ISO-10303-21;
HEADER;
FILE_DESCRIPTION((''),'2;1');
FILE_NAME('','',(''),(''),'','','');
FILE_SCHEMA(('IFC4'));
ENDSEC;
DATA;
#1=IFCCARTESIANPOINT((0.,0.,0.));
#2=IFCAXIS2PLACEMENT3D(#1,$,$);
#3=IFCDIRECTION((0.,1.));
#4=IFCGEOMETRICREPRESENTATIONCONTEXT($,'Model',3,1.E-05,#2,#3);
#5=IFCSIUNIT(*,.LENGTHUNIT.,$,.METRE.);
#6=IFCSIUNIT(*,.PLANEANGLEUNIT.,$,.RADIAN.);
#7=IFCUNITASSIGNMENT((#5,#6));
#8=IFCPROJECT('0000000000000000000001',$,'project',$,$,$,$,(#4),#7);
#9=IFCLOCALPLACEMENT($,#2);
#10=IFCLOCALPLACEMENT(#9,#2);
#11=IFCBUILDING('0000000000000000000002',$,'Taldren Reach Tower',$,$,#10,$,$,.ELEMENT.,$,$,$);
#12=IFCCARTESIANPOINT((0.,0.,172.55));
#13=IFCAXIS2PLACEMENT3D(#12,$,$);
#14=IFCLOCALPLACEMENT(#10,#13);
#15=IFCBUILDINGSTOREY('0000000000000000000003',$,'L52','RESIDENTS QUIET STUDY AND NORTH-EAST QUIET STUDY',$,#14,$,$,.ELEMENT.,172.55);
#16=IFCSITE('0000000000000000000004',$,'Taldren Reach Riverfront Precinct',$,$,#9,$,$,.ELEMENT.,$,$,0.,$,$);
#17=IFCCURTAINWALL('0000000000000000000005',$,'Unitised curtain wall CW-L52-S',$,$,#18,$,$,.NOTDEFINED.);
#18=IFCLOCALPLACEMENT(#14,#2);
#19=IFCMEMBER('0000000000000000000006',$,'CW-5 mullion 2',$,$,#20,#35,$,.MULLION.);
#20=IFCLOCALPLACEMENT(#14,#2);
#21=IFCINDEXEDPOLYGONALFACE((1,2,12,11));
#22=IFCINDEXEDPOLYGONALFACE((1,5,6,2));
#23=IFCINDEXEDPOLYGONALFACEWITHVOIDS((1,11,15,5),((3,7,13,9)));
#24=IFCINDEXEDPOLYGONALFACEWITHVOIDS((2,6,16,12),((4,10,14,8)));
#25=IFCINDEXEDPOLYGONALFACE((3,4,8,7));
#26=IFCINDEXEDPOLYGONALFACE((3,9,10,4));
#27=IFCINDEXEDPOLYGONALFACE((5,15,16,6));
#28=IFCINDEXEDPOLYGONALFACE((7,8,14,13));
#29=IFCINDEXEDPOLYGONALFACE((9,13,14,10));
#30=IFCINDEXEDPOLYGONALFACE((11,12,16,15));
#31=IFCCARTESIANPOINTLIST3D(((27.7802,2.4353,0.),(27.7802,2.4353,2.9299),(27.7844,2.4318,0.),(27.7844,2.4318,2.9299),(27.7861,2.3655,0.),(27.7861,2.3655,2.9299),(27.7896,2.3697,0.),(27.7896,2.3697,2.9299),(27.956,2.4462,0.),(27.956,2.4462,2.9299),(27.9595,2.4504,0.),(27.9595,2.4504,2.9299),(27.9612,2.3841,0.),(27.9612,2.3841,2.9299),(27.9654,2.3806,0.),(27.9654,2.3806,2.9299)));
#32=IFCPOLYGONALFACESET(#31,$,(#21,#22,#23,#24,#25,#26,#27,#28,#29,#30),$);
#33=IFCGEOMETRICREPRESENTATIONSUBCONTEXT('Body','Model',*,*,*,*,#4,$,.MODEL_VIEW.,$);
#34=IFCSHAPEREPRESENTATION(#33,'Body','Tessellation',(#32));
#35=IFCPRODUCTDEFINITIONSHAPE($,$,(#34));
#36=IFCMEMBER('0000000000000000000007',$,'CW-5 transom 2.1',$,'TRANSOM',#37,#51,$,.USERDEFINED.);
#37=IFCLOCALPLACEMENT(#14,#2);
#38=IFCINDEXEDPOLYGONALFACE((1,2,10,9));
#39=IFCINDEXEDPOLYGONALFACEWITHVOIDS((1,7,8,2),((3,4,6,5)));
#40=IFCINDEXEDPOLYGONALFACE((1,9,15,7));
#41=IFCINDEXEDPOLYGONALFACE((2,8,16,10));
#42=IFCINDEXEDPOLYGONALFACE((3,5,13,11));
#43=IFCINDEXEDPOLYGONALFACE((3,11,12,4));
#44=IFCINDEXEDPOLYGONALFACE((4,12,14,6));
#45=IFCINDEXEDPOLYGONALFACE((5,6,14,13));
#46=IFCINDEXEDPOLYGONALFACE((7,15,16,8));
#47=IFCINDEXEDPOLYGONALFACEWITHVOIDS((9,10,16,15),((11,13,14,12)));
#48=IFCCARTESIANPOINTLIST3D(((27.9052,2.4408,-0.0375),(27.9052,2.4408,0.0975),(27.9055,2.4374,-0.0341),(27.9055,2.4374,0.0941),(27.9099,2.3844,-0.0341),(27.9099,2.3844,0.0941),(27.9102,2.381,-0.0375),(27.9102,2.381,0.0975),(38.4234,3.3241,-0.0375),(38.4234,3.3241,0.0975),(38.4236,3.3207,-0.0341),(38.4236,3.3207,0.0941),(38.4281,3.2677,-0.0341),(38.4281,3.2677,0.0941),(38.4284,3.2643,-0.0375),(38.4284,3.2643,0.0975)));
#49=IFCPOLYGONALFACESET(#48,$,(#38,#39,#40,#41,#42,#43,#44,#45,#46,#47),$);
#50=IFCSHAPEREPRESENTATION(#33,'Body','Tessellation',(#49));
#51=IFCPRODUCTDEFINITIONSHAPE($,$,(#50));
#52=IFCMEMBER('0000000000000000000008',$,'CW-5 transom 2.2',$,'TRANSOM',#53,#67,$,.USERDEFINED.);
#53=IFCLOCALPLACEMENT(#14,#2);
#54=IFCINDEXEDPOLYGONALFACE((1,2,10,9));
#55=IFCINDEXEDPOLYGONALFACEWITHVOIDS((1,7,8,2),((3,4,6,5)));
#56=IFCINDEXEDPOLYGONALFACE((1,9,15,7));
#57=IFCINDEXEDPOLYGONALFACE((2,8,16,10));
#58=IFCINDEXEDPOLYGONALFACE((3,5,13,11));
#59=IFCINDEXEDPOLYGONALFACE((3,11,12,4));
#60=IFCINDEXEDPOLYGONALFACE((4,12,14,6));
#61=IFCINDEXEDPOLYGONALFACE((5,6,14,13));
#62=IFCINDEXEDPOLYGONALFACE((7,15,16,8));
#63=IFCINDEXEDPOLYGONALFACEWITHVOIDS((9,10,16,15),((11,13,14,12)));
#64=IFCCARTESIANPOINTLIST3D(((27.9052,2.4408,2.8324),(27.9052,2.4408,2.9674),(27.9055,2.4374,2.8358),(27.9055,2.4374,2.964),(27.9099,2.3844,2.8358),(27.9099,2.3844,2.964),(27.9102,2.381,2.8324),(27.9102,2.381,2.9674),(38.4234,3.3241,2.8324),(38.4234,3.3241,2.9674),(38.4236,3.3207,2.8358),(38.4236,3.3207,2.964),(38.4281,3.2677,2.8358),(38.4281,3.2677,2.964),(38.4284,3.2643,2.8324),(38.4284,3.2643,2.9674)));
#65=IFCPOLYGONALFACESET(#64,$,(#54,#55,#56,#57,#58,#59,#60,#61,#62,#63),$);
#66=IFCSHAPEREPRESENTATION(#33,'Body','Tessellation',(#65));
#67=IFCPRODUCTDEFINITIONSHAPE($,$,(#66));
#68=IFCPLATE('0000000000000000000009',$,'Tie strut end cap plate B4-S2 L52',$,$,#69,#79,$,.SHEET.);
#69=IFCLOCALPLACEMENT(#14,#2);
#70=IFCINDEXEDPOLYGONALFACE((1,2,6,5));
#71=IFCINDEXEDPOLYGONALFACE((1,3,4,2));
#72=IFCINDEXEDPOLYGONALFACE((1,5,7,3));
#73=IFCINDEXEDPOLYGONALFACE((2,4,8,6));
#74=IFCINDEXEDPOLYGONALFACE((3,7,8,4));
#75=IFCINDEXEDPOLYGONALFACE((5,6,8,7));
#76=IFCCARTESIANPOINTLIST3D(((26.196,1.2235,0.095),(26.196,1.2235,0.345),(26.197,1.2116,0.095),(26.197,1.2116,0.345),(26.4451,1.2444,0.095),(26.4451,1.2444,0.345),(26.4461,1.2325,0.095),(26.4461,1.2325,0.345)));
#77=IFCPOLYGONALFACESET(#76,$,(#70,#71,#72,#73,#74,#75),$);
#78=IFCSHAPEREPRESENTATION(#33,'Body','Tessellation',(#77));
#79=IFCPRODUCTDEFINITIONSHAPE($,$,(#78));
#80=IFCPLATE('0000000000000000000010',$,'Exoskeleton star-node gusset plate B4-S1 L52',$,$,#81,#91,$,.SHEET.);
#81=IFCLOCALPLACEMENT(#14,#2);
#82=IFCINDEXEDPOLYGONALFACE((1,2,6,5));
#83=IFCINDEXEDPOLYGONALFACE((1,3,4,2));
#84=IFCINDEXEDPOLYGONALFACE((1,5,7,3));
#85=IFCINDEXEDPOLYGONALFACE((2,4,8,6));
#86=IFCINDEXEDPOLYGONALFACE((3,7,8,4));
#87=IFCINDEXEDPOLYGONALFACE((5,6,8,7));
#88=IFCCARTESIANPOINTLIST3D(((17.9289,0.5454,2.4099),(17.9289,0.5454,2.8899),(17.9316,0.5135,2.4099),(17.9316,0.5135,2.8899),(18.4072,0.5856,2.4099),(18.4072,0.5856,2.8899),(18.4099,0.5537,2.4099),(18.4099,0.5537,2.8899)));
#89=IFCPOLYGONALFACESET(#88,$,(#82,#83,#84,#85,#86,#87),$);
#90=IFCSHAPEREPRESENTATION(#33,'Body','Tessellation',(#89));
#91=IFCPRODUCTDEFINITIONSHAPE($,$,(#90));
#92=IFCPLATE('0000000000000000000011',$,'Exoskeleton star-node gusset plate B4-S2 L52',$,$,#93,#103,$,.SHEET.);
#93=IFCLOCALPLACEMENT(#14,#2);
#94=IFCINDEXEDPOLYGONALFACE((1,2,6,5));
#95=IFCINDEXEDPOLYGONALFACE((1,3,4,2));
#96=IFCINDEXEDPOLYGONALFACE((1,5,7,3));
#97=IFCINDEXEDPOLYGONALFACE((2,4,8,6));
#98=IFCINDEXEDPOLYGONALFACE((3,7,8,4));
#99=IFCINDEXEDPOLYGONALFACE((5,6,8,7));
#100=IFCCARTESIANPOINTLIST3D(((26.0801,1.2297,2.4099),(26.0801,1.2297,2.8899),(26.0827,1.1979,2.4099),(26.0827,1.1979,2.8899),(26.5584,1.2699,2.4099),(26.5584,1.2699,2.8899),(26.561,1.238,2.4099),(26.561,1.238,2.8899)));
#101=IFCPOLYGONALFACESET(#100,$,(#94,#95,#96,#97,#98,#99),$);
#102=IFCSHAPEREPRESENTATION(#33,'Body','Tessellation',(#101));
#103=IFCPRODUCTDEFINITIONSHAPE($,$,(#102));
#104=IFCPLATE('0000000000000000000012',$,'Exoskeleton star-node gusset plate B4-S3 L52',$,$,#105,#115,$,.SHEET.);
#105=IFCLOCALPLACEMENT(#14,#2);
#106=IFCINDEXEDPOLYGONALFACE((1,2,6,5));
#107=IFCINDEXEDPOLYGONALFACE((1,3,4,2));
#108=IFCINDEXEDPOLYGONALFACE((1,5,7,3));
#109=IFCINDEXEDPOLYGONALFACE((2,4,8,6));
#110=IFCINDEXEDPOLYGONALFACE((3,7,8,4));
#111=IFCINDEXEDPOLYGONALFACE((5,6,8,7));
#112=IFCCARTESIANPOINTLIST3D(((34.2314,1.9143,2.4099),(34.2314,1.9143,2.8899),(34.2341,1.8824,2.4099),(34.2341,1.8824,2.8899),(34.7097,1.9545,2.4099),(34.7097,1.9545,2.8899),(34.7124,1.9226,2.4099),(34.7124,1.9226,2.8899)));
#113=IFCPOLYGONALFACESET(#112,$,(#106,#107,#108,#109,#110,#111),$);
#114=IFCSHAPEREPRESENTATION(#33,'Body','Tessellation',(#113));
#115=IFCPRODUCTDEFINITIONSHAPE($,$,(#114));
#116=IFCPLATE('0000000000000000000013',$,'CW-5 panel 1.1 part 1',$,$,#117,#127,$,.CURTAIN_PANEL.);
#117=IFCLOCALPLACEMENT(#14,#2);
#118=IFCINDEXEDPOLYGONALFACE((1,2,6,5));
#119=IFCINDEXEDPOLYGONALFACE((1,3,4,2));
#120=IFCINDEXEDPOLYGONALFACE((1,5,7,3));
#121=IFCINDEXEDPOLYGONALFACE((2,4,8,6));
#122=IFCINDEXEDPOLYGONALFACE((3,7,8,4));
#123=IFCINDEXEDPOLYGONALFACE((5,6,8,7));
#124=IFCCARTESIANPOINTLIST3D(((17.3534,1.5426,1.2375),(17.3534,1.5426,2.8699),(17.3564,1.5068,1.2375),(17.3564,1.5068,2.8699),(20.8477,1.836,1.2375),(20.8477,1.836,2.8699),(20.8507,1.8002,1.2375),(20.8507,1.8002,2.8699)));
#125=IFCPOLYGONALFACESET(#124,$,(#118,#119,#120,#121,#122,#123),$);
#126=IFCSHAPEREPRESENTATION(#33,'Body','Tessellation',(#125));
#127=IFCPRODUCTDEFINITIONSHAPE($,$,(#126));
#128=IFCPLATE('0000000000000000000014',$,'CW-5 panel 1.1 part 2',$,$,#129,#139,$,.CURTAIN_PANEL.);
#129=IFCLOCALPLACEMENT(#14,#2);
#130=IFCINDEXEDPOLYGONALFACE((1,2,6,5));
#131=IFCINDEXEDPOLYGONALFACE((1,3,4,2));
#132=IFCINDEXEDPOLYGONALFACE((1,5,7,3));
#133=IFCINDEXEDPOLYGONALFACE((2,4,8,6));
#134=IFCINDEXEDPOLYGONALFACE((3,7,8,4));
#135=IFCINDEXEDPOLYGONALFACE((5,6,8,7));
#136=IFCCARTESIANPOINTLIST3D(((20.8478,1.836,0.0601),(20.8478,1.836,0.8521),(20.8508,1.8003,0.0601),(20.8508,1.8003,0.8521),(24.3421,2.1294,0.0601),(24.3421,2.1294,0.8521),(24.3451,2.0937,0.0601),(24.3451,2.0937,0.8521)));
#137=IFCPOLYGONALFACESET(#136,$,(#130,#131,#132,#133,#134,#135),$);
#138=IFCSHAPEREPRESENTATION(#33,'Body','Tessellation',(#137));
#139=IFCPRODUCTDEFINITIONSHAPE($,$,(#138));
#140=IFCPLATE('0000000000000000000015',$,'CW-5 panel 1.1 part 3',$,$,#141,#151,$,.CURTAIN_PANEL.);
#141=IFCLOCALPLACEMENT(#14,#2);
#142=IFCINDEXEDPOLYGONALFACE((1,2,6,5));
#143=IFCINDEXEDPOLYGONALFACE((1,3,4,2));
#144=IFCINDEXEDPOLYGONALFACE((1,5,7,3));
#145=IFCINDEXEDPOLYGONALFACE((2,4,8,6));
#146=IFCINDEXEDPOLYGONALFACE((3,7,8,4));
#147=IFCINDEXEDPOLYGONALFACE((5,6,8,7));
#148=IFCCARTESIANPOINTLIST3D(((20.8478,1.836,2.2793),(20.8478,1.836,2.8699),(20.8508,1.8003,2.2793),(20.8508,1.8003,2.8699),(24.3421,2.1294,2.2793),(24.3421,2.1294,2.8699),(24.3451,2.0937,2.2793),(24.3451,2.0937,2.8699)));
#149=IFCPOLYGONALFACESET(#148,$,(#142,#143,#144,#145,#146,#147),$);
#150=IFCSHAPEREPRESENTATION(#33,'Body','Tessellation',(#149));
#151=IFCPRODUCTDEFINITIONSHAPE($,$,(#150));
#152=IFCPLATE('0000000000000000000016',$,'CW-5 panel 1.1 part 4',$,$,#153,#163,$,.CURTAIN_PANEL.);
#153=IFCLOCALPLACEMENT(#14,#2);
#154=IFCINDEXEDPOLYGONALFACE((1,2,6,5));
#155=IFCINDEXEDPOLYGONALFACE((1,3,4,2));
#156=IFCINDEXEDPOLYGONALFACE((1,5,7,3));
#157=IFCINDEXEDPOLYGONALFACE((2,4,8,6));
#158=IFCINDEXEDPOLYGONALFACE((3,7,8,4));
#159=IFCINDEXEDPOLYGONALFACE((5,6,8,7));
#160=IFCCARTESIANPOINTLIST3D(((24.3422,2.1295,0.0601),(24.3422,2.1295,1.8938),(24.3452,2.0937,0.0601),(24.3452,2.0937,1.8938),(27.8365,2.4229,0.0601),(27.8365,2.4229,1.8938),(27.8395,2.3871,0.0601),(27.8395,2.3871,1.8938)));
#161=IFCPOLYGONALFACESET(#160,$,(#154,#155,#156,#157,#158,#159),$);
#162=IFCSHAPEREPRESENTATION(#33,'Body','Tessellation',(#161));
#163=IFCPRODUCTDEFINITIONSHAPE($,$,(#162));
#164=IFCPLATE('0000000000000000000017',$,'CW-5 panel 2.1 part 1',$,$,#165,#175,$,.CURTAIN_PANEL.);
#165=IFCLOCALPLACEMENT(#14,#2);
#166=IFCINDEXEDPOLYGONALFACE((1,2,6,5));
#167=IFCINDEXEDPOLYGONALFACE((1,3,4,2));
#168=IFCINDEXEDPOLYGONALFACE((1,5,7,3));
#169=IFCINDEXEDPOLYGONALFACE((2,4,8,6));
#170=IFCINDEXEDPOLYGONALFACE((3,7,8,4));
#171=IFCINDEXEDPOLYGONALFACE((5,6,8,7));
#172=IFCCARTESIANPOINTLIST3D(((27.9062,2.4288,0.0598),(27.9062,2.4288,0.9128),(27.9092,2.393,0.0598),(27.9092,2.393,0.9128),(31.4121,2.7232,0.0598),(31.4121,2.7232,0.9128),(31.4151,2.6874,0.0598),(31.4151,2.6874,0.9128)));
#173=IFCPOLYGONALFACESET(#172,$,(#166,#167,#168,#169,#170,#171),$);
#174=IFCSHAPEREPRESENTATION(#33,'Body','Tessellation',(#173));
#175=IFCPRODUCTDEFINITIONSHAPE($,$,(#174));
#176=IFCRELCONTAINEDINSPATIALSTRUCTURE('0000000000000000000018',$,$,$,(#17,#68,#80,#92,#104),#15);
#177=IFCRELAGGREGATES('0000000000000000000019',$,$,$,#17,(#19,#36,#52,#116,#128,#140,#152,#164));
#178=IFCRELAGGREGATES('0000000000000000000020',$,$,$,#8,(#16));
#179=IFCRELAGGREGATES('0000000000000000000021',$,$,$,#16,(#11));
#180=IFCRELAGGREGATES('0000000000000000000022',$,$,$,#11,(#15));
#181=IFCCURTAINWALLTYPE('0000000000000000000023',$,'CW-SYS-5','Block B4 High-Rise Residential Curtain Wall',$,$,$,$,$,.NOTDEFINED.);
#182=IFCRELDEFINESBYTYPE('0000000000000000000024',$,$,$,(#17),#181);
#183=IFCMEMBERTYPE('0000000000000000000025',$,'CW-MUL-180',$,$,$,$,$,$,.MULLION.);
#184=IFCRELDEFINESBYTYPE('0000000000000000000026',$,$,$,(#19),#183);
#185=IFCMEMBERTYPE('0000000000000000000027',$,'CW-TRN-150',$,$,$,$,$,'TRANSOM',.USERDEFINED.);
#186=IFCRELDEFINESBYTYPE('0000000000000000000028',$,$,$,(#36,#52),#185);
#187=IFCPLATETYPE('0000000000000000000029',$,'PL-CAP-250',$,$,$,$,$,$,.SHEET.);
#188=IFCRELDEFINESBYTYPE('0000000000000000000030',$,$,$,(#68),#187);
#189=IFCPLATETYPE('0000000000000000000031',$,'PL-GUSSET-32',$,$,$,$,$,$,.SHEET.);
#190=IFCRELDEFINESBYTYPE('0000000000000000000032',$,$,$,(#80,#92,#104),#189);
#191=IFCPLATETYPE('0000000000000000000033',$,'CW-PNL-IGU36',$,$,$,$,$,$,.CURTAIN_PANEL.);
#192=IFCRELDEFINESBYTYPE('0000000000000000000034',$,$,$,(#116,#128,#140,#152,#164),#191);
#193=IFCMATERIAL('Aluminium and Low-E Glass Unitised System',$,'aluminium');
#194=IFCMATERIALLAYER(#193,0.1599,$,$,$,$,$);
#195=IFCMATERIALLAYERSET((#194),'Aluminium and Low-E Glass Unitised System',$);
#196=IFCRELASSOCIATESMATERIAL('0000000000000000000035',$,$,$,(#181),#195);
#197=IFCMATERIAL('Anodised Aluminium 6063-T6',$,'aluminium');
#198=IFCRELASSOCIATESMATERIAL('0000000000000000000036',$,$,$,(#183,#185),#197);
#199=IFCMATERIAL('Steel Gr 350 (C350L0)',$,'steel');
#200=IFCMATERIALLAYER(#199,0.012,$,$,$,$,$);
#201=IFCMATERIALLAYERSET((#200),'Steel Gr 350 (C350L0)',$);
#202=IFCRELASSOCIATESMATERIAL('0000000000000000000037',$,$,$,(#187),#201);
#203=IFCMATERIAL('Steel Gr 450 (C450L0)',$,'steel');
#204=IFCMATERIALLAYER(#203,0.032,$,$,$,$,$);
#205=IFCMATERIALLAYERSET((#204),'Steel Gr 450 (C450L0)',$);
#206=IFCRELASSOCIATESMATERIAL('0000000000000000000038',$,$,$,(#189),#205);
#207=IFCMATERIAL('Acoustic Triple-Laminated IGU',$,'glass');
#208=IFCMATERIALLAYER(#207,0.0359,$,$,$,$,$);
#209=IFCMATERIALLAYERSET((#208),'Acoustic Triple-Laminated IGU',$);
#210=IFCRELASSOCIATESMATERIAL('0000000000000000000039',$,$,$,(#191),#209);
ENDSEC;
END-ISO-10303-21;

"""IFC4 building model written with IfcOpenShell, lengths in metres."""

from ifc_helpers import new_model, si_unit, direction, frame, origin, origin_2d, place, context, subcontext, project, spatial, rectangle, hollow_rectangle, extrude, source, transform, mapped, material, layer, layer_set, material_profile, profile_set, type_object, element, aggregate, save


model = new_model("IFC4")

# Units and contexts
model_context = context("Model", 3, precision=1e-05, world=origin(), true_north=direction((0.0, 1.0)))
body_context = subcontext(model_context, "Body", "Model", "MODEL_VIEW")
ifc_project = project(units=[si_unit("LENGTHUNIT", "METRE"), si_unit("PLANEANGLEUNIT", "RADIAN")], contexts=[model_context])

# Site, building, storey
site_placement = place(None, origin())
site = spatial("IfcSite", under=ifc_project, at=site_placement, Name="Taldren Reach Riverfront Precinct", CompositionType="ELEMENT", RefElevation=0.0)
building_placement = place(site_placement, origin())
building = spatial("IfcBuilding", under=site, at=building_placement, Name="Taldren Reach Tower", CompositionType="ELEMENT")
storey_placement = place(building_placement, frame((0.0, 0.0, 172.55)))
storey = spatial("IfcBuildingStorey", under=building, at=storey_placement, Name="L52", Description="RESIDENTS QUIET STUDY AND NORTH-EAST QUIET STUDY", CompositionType="ELEMENT", Elevation=172.55)

# Shared definitions
ifc_material_1 = material(Name="Steel Gr 350 (C350L0)", Category="steel")
ifc_material_2 = material(Name="Steel Gr 450 (C450L0)", Category="steel")

# Curtain wall, members
ifc_material_3 = material(Name="Aluminium and Low-E Glass Unitised System", Category="aluminium")
ifc_layer_1 = layer(ifc_material_3, 0.1599)
ifc_layer_set_1 = layer_set([ifc_layer_1], Name="Aluminium and Low-E Glass Unitised System")
curtain_wall_type = type_object("IfcCurtainWallType", Name="CW-SYS-5", Description="Block B4 High-Rise Residential Curtain Wall", PredefinedType="NOTDEFINED", material=ifc_layer_set_1)
curtain_wall_placement = place(storey_placement, origin())
curtain_wall = element("IfcCurtainWall", 1, at=curtain_wall_placement, inside=storey, type_object=curtain_wall_type, Name="Unitised curtain wall CW-L52-S", PredefinedType="NOTDEFINED")
ifc_material_4 = material(Name="Anodised Aluminium 6063-T6", Category="aluminium")
ifc_material_profile_1 = material_profile(ifc_material_4, hollow_rectangle(XDim=0.0701, YDim=0.1799, WallThickness=0.0039, at=origin_2d()), Name="ALU-180x70x4RHS")
ifc_profile_set_1 = profile_set([ifc_material_profile_1], Name="Anodised Aluminium 6063-T6")
member_type_1 = type_object("IfcMemberType", Name="CW-MUL-180", PredefinedType="MULLION", material=ifc_profile_set_1)
shared_shape_1 = source(origin(), body_context, "Body", "SweptSolid", [
    extrude(hollow_rectangle(XDim=0.0701, YDim=0.1799, WallThickness=0.0039, at=origin_2d()), origin(), (0.0, 0.0, 1.0), 2.9299),
])
member_1_placement = place(storey_placement, frame((27.8728, 2.408, 0.0), z_axis=(0.0, 0.0, 1.0), x_axis=(-0.083678, 0.996493, 0.0)))
member_1 = element("IfcMember", 2, at=member_1_placement, type_object=member_type_1, Name="CW-5 mullion 2", PredefinedType="MULLION", context=body_context, shape_type="MappedRepresentation", body=[
    mapped(shared_shape_1, transform((0.0, 0.0, 0.0), scale=1.0)),
])
ifc_material_profile_2 = material_profile(ifc_material_4, hollow_rectangle(XDim=0.0601, YDim=0.135, WallThickness=0.0034, at=origin_2d()), Name="ALU-135x60x3.5RHS")
ifc_profile_set_2 = profile_set([ifc_material_profile_2], Name="Anodised Aluminium 6063-T6")
member_type_2 = type_object("IfcMemberType", Name="CW-TRN-150", ElementType="TRANSOM", PredefinedType="USERDEFINED", material=ifc_profile_set_2)
shared_shape_2 = source(origin(), body_context, "Body", "SweptSolid", [
    extrude(hollow_rectangle(XDim=0.0601, YDim=0.135, WallThickness=0.0034, at=origin_2d()), origin(), (0.0, 0.0, 1.0), 10.5552),
])
member_2_placement = place(storey_placement, frame((27.9077, 2.4109, 0.03), z_axis=(0.996492, 0.083685, 0.0), x_axis=(-0.083685, 0.996492, 0.0)))
member_2 = element("IfcMember", 3, at=member_2_placement, type_object=member_type_2, Name="CW-5 transom 2.1", ObjectType="TRANSOM", PredefinedType="USERDEFINED", context=body_context, shape_type="MappedRepresentation", body=[
    mapped(shared_shape_2, transform((0.0, 0.0, 0.0), scale=1.0)),
])
member_3_placement = place(storey_placement, frame((27.9077, 2.4109, 2.8999), z_axis=(0.996492, 0.083685, 0.0), x_axis=(-0.083685, 0.996492, 0.0)))
member_3 = element("IfcMember", 4, at=member_3_placement, type_object=member_type_2, Name="CW-5 transom 2.2", ObjectType="TRANSOM", PredefinedType="USERDEFINED", context=body_context, shape_type="MappedRepresentation", body=[
    mapped(shared_shape_2, transform((0.0, 0.0, 0.0), scale=1.0)),
])

# Plates
ifc_layer_2 = layer(ifc_material_1, 0.012)
ifc_layer_set_2 = layer_set([ifc_layer_2], Name="Steel Gr 350 (C350L0)")
plate_type_1 = type_object("IfcPlateType", Name="PL-CAP-250", PredefinedType="SHEET", material=ifc_layer_set_2)
shared_shape_3 = source(origin(), body_context, "Body", "SweptSolid", [
    extrude(rectangle(XDim=0.25, YDim=0.012, at=origin_2d()), origin(), (0.0, 0.0, 1.0), 0.25),
])
plate_1_placement = place(storey_placement, frame((26.321, 1.228, 0.095), z_axis=(0.0, 0.0, 1.0), x_axis=(0.996493, 0.083678, 0.0)))
element("IfcPlate", 5, at=plate_1_placement, inside=storey, type_object=plate_type_1, Name="Tie strut end cap plate B4-S2 L52", PredefinedType="SHEET", context=body_context, shape_type="MappedRepresentation", body=[
    mapped(shared_shape_3, transform((0.0, 0.0, 0.0), scale=1.0)),
])
ifc_layer_3 = layer(ifc_material_2, 0.032)
ifc_layer_set_3 = layer_set([ifc_layer_3], Name="Steel Gr 450 (C450L0)")
plate_type_2 = type_object("IfcPlateType", Name="PL-GUSSET-32", PredefinedType="SHEET", material=ifc_layer_set_3)
shared_shape_4 = source(origin(), body_context, "Body", "SweptSolid", [
    extrude(rectangle(XDim=0.48, YDim=0.032, at=origin_2d()), origin(), (0.0, 0.0, 1.0), 0.48),
])
for number, where, z_axis, x_axis, name in (
    (6, (18.1694, 0.5496, 2.4099), (0.0, 0.0, 1.0), (0.996493, 0.083678, 0.0), "Exoskeleton star-node gusset plate B4-S1 L52"),
    (7, (26.3206, 1.2339, 2.4099), (0.0, 0.0, 1.0), (0.996493, 0.083678, 0.0), "Exoskeleton star-node gusset plate B4-S2 L52"),
    (8, (34.4719, 1.9185, 2.4099), (0.0, 0.0, 1.0), (0.996493, 0.083678, 0.0), "Exoskeleton star-node gusset plate B4-S3 L52"),
):
    element("IfcPlate", number, at=place(storey_placement, frame(where, z_axis=z_axis, x_axis=x_axis)), inside=storey, type_object=plate_type_2, Name=name, PredefinedType="SHEET", context=body_context, shape_type="MappedRepresentation", body=[
        mapped(shared_shape_4, transform((0.0, 0.0, 0.0), scale=1.0)),
    ])

# Plates
ifc_material_5 = material(Name="Acoustic Triple-Laminated IGU", Category="glass")
ifc_layer_4 = layer(ifc_material_5, 0.0359)
ifc_layer_set_4 = layer_set([ifc_layer_4], Name="Acoustic Triple-Laminated IGU")
plate_type_3 = type_object("IfcPlateType", Name="CW-PNL-IGU36", PredefinedType="CURTAIN_PANEL", material=ifc_layer_set_4)
shared_shape_5 = source(origin(), body_context, "Body", "SweptSolid", [
    extrude(rectangle(XDim=3.5066, YDim=0.0359, at=origin_2d()), origin(), (0.0, 0.0, 1.0), 1.6323),
])
plate_2_placement = place(storey_placement, frame((19.1021, 1.6714, 1.2375), z_axis=(0.0, 0.0, 1.0), x_axis=(0.996493, 0.083678, 0.0)))
plate_2 = element("IfcPlate", 9, at=plate_2_placement, type_object=plate_type_3, Name="CW-5 panel 1.1 part 1", PredefinedType="CURTAIN_PANEL", context=body_context, shape_type="MappedRepresentation", body=[
    mapped(shared_shape_5, transform((0.0, 0.0, 0.0), scale=1.0)),
])
shared_shape_6 = source(origin(), body_context, "Body", "SweptSolid", [
    extrude(rectangle(XDim=3.5066, YDim=0.0359, at=origin_2d()), origin(), (0.0, 0.0, 1.0), 0.792),
])
plate_3_placement = place(storey_placement, frame((22.5964, 1.9648, 0.0601), z_axis=(0.0, 0.0, 1.0), x_axis=(0.996493, 0.083678, 0.0)))
plate_3 = element("IfcPlate", 10, at=plate_3_placement, type_object=plate_type_3, Name="CW-5 panel 1.1 part 2", PredefinedType="CURTAIN_PANEL", context=body_context, shape_type="MappedRepresentation", body=[
    mapped(shared_shape_6, transform((0.0, 0.0, 0.0), scale=1.0)),
])
shared_shape_7 = source(origin(), body_context, "Body", "SweptSolid", [
    extrude(rectangle(XDim=3.5066, YDim=0.0359, at=origin_2d()), origin(), (0.0, 0.0, 1.0), 0.5906),
])
plate_4_placement = place(storey_placement, frame((22.5964, 1.9648, 2.2793), z_axis=(0.0, 0.0, 1.0), x_axis=(0.996493, 0.083678, 0.0)))
plate_4 = element("IfcPlate", 11, at=plate_4_placement, type_object=plate_type_3, Name="CW-5 panel 1.1 part 3", PredefinedType="CURTAIN_PANEL", context=body_context, shape_type="MappedRepresentation", body=[
    mapped(shared_shape_7, transform((0.0, 0.0, 0.0), scale=1.0)),
])
shared_shape_8 = source(origin(), body_context, "Body", "SweptSolid", [
    extrude(rectangle(XDim=3.5066, YDim=0.0359, at=origin_2d()), origin(), (0.0, 0.0, 1.0), 1.8337),
])
plate_5_placement = place(storey_placement, frame((26.0908, 2.2583, 0.0601), z_axis=(0.0, 0.0, 1.0), x_axis=(0.996493, 0.083678, 0.0)))
plate_5 = element("IfcPlate", 12, at=plate_5_placement, type_object=plate_type_3, Name="CW-5 panel 1.1 part 4", PredefinedType="CURTAIN_PANEL", context=body_context, shape_type="MappedRepresentation", body=[
    mapped(shared_shape_8, transform((0.0, 0.0, 0.0), scale=1.0)),
])
shared_shape_9 = source(origin(), body_context, "Body", "SweptSolid", [
    extrude(rectangle(XDim=3.5183, YDim=0.0359, at=origin_2d()), origin(), (0.0, 0.0, 1.0), 0.853),
])
plate_6_placement = place(storey_placement, frame((29.6606, 2.5581, 0.0598), z_axis=(0.0, 0.0, 1.0), x_axis=(0.996493, 0.083678, 0.0)))
plate_6 = element("IfcPlate", 13, at=plate_6_placement, type_object=plate_type_3, Name="CW-5 panel 2.1 part 1", PredefinedType="CURTAIN_PANEL", context=body_context, shape_type="MappedRepresentation", body=[
    mapped(shared_shape_9, transform((0.0, 0.0, 0.0), scale=1.0)),
])
aggregate(curtain_wall, [member_1, member_2, member_3, plate_2, plate_3, plate_4, plate_5, plate_6])

save(model, "model.ifc")
